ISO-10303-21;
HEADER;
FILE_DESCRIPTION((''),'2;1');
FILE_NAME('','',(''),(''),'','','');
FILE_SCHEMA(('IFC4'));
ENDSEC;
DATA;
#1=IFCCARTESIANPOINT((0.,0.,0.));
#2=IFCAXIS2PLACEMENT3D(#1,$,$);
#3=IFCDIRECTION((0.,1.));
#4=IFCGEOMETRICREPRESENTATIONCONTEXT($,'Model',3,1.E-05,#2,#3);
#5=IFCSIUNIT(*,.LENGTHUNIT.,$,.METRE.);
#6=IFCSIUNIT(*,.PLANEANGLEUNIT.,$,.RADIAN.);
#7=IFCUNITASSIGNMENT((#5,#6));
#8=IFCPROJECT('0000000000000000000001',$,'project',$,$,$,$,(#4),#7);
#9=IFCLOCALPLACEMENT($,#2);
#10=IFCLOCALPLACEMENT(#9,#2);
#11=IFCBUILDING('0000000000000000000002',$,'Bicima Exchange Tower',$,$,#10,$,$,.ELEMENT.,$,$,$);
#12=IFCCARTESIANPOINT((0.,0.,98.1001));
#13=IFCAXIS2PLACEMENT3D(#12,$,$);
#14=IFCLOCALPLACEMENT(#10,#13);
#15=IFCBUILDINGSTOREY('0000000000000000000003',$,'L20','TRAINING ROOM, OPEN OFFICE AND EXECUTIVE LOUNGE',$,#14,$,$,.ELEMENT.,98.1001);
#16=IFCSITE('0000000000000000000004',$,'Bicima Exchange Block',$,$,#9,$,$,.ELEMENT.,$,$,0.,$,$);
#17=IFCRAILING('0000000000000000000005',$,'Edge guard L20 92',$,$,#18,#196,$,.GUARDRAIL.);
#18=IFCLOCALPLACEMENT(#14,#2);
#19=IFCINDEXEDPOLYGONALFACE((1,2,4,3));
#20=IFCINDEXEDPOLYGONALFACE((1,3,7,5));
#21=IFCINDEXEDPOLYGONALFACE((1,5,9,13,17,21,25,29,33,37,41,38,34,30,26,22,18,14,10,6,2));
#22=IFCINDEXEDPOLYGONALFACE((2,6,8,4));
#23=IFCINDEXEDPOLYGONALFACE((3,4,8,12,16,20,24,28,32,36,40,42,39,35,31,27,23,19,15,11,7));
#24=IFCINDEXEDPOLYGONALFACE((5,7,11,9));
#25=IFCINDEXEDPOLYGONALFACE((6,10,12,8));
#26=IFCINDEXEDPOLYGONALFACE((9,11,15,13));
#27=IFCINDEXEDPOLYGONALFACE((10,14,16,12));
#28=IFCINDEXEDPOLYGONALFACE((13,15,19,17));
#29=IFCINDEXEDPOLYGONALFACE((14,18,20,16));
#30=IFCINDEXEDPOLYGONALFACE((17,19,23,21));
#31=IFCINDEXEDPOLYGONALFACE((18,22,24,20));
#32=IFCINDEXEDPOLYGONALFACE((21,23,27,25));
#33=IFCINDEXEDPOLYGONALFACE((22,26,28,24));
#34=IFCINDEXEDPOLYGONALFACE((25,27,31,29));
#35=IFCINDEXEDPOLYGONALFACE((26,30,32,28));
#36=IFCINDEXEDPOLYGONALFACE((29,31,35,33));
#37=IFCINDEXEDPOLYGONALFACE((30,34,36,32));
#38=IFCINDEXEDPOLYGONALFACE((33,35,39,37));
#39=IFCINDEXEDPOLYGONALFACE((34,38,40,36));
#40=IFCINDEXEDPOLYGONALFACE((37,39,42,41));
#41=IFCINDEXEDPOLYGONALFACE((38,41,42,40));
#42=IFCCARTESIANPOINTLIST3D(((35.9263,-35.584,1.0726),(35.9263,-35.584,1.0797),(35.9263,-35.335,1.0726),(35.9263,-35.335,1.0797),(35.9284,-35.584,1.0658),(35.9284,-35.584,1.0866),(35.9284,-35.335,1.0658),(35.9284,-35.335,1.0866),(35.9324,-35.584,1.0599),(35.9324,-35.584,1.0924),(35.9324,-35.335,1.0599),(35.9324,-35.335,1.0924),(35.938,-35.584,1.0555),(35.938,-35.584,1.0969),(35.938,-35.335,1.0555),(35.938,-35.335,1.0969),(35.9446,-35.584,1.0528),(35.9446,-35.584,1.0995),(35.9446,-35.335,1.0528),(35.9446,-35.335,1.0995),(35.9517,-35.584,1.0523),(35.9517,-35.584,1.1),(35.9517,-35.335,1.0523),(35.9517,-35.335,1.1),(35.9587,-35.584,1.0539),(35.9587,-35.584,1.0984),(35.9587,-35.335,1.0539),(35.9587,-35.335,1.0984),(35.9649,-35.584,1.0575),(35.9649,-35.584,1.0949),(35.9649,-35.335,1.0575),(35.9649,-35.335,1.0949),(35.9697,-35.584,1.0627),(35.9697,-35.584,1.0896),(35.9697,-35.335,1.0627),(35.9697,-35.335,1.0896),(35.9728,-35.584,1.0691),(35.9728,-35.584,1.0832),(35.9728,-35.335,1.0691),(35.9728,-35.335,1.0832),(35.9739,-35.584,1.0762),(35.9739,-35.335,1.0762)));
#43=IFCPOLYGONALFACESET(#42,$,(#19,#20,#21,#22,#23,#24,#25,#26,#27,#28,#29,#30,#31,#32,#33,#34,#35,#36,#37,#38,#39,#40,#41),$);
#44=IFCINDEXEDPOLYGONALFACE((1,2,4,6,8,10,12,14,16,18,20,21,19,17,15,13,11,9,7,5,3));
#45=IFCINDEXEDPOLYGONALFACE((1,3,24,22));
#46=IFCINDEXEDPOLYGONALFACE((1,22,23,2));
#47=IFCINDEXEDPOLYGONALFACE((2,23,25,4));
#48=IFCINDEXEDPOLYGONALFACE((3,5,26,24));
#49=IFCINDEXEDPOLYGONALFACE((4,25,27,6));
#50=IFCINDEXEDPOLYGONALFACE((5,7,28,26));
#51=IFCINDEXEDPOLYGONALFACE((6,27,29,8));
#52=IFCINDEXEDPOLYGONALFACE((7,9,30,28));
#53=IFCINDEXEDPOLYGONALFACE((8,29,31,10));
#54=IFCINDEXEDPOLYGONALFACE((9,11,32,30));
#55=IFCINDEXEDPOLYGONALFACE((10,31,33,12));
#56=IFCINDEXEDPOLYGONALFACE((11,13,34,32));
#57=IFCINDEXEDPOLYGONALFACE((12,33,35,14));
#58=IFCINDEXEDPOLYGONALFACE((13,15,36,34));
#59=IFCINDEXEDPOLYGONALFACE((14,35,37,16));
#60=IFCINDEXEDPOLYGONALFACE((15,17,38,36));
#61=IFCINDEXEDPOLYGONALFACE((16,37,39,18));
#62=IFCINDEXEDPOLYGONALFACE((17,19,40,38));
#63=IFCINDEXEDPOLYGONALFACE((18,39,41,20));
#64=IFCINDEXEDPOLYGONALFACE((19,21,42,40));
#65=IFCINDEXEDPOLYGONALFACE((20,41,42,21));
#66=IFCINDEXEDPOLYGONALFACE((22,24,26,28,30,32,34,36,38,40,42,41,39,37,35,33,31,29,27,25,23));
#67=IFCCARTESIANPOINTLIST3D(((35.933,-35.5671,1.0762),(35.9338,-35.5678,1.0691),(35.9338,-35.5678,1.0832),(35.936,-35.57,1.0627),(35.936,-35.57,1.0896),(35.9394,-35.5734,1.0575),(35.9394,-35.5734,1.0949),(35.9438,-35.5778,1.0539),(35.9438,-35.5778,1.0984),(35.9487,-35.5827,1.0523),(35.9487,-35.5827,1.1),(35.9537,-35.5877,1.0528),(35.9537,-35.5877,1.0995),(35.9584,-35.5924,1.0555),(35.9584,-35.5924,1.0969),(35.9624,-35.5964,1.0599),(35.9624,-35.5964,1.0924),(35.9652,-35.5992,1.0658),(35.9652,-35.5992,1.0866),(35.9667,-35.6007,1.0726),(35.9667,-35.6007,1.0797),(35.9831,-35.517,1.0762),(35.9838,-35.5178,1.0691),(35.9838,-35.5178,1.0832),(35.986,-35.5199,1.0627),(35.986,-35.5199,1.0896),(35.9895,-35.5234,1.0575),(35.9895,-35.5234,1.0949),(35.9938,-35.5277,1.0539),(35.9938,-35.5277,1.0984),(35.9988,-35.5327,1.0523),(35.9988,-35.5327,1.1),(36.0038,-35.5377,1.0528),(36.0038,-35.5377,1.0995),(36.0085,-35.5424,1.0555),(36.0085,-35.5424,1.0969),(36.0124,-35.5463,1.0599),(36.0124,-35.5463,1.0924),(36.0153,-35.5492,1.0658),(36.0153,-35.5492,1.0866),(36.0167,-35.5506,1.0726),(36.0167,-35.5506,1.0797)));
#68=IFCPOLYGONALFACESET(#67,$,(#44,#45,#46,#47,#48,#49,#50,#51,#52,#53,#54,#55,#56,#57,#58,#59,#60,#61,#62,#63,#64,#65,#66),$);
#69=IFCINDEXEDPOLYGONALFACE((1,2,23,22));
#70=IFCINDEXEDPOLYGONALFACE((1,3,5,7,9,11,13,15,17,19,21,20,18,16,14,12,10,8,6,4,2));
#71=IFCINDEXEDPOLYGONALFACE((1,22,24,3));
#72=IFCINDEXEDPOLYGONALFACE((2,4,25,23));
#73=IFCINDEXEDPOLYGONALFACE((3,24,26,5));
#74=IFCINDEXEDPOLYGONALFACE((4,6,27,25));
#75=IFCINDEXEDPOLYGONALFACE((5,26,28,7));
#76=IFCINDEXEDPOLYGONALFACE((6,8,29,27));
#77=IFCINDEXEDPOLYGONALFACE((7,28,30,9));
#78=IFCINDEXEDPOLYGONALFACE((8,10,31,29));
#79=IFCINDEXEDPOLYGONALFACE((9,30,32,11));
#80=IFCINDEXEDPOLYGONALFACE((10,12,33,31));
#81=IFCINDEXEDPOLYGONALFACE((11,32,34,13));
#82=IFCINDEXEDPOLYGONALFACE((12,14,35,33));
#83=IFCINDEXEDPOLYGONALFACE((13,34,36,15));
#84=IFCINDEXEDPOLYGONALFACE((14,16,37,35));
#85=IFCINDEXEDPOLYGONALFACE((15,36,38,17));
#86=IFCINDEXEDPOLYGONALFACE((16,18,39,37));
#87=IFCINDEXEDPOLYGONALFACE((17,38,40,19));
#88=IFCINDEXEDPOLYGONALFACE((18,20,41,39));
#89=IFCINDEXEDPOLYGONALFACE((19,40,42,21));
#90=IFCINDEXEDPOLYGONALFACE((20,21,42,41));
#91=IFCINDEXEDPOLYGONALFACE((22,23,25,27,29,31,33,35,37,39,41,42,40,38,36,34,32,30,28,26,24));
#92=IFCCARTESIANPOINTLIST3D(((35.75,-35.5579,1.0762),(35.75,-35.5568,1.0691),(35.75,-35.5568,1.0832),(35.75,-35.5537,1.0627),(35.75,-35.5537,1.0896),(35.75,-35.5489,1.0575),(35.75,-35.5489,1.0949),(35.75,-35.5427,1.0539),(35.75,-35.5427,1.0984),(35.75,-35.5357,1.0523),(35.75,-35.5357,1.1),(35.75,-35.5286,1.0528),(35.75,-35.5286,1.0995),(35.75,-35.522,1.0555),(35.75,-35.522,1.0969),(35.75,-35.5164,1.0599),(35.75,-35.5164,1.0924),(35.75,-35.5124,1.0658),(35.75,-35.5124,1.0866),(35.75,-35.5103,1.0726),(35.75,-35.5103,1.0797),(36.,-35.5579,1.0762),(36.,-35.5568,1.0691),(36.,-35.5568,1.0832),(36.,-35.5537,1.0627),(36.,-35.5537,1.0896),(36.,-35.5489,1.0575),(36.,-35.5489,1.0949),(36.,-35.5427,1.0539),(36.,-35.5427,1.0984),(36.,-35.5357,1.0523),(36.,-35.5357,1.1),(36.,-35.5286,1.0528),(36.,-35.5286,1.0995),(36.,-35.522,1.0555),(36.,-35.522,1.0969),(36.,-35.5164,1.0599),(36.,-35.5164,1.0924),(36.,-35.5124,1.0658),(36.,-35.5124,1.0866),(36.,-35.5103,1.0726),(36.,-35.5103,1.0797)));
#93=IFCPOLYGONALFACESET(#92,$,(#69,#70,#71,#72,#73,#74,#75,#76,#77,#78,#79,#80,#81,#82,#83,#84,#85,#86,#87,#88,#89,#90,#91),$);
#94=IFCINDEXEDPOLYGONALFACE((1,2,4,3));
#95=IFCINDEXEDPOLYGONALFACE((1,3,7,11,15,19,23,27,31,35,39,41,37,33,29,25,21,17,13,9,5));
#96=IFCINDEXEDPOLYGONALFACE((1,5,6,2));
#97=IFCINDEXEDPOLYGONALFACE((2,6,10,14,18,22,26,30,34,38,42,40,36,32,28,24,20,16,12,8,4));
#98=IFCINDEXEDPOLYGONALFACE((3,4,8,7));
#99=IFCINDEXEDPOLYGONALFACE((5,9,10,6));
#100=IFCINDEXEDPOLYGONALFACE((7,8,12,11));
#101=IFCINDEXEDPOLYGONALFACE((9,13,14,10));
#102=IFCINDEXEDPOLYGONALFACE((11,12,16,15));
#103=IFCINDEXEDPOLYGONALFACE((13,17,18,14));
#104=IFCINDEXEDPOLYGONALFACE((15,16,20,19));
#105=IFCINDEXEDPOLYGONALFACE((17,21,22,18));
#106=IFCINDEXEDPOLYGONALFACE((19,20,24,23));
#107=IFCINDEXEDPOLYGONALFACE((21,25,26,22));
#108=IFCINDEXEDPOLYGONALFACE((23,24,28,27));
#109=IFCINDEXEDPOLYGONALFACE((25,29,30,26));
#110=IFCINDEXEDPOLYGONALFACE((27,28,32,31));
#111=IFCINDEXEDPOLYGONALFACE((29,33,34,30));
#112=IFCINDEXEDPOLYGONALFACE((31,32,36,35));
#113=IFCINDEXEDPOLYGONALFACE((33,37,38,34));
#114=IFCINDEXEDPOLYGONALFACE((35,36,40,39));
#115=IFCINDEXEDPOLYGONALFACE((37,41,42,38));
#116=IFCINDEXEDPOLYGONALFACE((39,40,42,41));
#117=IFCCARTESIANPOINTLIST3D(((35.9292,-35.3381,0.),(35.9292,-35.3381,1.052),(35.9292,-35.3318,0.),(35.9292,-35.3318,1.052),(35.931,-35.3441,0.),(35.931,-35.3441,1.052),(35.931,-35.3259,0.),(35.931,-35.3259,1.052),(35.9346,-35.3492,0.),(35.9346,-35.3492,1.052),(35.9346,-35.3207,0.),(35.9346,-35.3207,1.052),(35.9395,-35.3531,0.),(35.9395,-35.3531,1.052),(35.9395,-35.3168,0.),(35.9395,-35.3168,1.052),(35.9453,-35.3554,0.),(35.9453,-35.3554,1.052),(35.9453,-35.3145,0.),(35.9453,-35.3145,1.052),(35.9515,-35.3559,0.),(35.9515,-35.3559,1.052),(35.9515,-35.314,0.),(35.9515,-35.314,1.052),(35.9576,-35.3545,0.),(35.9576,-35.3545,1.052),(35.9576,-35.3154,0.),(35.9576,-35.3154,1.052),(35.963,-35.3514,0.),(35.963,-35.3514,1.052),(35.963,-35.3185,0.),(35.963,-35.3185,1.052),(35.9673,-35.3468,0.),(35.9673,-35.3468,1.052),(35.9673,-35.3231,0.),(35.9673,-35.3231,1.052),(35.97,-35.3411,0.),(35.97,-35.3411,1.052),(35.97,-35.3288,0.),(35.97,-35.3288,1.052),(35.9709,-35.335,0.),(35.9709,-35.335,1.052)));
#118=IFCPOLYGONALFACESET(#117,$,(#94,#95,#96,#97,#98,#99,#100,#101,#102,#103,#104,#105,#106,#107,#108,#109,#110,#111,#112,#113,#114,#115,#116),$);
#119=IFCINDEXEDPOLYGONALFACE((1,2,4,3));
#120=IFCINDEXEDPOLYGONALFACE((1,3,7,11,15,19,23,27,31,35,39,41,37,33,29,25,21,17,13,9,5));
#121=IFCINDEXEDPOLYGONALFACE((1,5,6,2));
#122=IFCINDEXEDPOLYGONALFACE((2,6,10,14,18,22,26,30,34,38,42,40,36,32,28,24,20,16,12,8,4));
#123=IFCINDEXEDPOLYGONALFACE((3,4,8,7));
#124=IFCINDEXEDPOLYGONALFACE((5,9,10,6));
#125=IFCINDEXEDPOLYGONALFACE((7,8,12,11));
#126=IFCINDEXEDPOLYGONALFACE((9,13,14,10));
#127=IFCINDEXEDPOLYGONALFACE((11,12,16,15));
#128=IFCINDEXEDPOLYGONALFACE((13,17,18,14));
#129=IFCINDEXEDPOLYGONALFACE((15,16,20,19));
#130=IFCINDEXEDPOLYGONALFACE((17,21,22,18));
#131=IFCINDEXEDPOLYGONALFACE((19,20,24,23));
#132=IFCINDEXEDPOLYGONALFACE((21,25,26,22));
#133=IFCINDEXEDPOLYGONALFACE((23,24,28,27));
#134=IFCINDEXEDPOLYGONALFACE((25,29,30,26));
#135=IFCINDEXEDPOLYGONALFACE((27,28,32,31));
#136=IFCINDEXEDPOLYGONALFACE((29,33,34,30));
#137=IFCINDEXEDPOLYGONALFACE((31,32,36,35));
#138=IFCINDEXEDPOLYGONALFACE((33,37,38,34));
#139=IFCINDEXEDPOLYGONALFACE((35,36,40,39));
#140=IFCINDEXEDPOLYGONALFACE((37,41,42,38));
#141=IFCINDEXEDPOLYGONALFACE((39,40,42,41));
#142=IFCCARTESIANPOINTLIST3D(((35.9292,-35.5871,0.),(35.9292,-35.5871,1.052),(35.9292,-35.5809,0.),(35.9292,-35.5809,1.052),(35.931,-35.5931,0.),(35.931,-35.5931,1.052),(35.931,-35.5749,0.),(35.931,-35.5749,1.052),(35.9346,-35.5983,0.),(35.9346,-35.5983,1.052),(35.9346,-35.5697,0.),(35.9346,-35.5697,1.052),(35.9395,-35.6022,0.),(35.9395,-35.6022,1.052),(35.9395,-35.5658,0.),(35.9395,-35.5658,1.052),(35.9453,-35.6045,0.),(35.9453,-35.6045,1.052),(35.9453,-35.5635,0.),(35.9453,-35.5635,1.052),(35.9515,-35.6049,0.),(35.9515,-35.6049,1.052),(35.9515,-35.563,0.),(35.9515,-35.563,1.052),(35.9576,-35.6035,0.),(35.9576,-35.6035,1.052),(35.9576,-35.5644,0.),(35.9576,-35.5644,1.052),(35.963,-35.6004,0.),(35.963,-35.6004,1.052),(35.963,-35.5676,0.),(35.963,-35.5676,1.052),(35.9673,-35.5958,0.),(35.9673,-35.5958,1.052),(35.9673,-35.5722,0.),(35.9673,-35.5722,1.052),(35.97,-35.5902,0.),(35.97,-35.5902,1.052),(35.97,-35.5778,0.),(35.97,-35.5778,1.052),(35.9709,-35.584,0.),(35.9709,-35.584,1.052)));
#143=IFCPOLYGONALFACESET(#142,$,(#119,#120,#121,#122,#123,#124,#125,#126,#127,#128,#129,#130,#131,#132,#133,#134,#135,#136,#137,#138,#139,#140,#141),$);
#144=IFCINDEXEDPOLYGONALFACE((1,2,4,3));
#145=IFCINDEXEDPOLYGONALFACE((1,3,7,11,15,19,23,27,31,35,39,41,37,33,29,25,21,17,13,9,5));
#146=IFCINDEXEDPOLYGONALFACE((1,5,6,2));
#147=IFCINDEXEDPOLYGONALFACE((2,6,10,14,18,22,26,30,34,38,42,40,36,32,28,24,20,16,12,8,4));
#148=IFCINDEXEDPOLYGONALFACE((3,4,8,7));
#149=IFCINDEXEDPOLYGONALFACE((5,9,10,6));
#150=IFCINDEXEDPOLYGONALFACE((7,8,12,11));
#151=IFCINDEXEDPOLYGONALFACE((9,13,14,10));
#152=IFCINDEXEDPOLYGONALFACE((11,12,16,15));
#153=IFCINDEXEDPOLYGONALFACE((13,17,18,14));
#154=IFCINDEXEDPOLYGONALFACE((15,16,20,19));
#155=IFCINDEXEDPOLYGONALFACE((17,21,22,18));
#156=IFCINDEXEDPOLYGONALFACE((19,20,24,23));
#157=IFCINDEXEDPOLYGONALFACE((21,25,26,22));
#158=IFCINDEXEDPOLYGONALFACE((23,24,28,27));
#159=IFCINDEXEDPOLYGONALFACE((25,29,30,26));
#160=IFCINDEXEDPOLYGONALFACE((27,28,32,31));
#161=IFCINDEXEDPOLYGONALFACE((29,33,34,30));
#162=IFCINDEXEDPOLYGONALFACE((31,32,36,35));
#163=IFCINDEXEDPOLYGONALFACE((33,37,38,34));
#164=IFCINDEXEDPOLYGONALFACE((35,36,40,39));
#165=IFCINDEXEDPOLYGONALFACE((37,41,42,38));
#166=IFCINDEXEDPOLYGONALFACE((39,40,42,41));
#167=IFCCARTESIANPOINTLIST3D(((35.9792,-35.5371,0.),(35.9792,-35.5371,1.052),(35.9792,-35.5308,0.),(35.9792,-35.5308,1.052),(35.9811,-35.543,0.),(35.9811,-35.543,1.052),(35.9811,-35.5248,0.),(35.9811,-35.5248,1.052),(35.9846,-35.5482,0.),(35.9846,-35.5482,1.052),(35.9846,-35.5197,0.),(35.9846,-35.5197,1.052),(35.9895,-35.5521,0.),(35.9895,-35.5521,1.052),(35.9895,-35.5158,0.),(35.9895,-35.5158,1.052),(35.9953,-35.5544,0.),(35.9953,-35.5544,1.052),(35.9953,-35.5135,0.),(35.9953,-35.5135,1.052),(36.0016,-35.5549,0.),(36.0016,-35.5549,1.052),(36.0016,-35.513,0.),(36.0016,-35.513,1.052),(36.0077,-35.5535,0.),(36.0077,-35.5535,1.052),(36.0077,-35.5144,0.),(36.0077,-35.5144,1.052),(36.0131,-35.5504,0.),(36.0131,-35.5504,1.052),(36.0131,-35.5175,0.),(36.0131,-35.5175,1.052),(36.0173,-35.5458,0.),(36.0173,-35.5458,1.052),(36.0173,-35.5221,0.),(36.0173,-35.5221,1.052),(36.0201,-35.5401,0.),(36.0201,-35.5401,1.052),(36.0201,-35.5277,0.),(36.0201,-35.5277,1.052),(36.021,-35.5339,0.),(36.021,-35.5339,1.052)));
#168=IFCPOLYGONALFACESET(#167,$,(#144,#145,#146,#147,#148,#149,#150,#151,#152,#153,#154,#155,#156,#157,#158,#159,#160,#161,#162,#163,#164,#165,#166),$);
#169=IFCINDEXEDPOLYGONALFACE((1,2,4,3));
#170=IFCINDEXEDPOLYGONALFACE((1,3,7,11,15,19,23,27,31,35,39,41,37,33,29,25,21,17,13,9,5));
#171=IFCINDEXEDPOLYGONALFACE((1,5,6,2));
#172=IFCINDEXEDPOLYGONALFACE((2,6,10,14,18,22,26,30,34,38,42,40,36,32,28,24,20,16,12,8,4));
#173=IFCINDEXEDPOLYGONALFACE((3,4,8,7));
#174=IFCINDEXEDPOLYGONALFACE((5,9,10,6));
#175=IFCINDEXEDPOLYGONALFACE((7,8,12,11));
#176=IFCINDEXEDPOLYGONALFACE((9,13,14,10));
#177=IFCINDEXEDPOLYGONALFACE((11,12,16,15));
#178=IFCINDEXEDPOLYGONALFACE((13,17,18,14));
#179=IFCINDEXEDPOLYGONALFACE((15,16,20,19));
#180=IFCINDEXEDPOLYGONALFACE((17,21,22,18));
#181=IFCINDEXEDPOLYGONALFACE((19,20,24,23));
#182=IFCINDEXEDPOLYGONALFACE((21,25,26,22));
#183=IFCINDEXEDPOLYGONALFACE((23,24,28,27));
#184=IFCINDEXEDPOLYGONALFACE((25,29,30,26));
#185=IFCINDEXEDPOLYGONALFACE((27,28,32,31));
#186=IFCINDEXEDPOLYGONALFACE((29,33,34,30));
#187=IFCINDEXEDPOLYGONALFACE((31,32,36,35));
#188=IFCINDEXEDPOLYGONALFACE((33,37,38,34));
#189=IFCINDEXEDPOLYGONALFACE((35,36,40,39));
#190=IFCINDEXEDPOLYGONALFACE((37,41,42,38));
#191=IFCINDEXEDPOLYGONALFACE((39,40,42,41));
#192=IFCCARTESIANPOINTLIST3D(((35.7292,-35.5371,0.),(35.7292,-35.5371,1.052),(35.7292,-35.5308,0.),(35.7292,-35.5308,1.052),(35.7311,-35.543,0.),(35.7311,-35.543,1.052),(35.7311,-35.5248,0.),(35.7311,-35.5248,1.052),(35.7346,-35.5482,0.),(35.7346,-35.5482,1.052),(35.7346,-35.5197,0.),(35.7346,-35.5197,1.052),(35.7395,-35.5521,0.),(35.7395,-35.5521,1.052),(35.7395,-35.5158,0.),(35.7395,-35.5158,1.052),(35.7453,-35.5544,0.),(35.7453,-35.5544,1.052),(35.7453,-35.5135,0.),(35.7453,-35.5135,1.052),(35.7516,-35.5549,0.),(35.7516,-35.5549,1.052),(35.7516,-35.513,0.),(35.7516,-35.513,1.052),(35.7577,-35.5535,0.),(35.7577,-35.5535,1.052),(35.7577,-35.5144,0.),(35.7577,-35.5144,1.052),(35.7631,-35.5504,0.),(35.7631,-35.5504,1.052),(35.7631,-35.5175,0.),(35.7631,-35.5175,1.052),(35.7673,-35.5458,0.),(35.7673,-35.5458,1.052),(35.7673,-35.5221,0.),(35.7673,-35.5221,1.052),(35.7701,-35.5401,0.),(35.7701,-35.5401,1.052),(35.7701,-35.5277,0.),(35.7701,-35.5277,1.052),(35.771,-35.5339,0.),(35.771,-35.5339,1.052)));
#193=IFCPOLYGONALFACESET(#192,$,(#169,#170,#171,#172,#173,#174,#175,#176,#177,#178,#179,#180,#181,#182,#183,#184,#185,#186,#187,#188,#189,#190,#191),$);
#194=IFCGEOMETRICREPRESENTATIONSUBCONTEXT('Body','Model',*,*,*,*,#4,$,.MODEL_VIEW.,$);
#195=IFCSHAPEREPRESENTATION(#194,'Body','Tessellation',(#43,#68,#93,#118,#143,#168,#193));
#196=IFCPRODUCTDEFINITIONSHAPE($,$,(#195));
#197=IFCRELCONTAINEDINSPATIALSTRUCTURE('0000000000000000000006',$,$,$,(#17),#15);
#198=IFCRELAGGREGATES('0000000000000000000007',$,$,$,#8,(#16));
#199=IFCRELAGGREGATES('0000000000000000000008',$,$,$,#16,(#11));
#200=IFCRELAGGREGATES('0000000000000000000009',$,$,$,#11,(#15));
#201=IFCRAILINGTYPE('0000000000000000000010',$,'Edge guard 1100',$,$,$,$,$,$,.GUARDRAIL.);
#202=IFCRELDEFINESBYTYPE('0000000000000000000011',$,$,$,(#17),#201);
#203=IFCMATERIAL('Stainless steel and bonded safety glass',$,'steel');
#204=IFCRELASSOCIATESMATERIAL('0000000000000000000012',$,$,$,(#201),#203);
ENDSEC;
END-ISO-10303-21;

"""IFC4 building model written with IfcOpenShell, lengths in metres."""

from ifc_helpers import new_model, si_unit, direction, frame, origin, origin_2d, place, context, subcontext, project, spatial, circle, extrude, material, type_object, element, save


model = new_model("IFC4")

# Units and contexts
model_context = context("Model", 3, precision=1e-05, world=origin(), true_north=direction((0.0, 1.0)))
body_context = subcontext(model_context, "Body", "Model", "MODEL_VIEW")
ifc_project = project(units=[si_unit("LENGTHUNIT", "METRE"), si_unit("PLANEANGLEUNIT", "RADIAN")], contexts=[model_context])

# Site, building, storey
site_placement = place(None, origin())
site = spatial("IfcSite", under=ifc_project, at=site_placement, Name="Bicima Exchange Block", CompositionType="ELEMENT", RefElevation=0.0)
building_placement = place(site_placement, origin())
building = spatial("IfcBuilding", under=site, at=building_placement, Name="Bicima Exchange Tower", CompositionType="ELEMENT")
storey_placement = place(building_placement, frame((0.0, 0.0, 98.1001)))
storey = spatial("IfcBuildingStorey", under=building, at=storey_placement, Name="L20", Description="TRAINING ROOM, OPEN OFFICE AND EXECUTIVE LOUNGE", CompositionType="ELEMENT", Elevation=98.1001)

# Railing
ifc_material_1 = material(Name="Stainless steel and bonded safety glass", Category="steel")
railing_type = type_object("IfcRailingType", Name="Edge guard 1100", PredefinedType="GUARDRAIL", material=ifc_material_1)
railing_placement = place(storey_placement, frame((35.95, -35.335, 0.0)))
element("IfcRailing", 1, at=railing_placement, inside=storey, type_object=railing_type, Name="Edge guard L20 92", PredefinedType="GUARDRAIL", context=body_context, shape_type="SweptSolid", body=[
    extrude(circle(Radius=0.0239, at=origin_2d()), frame((0.0, 0.0, 1.0762), z_axis=(0.0, -1.0, 0.0), x_axis=(1.0, 0.0, 0.0)), (0.0, 0.0, 1.0), 0.249),
    extrude(circle(Radius=0.0239, at=origin_2d()), frame((0.0, -0.249, 1.0762), z_axis=(0.707107, 0.707107, 0.0), x_axis=(-0.707107, 0.707107, 0.0)), (0.0, 0.0, 1.0), 0.0708),
    extrude(circle(Radius=0.0239, at=origin_2d()), frame((0.05, -0.199, 1.0762), z_axis=(-1.0, 0.0, 0.0), x_axis=(0.0, -1.0, 0.0)), (0.0, 0.0, 1.0), 0.25),
    extrude(circle(Radius=0.021, at=origin_2d()), origin(), (0.0, 0.0, 1.0), 1.052),
    extrude(circle(Radius=0.021, at=origin_2d()), frame((0.0, -0.249, 0.0)), (0.0, 0.0, 1.0), 1.052),
    extrude(circle(Radius=0.021, at=origin_2d()), frame((0.05, -0.199, 0.0)), (0.0, 0.0, 1.0), 1.052),
    extrude(circle(Radius=0.021, at=origin_2d()), frame((-0.2, -0.199, 0.0)), (0.0, 0.0, 1.0), 1.052),
])

save(model, "model.ifc")
